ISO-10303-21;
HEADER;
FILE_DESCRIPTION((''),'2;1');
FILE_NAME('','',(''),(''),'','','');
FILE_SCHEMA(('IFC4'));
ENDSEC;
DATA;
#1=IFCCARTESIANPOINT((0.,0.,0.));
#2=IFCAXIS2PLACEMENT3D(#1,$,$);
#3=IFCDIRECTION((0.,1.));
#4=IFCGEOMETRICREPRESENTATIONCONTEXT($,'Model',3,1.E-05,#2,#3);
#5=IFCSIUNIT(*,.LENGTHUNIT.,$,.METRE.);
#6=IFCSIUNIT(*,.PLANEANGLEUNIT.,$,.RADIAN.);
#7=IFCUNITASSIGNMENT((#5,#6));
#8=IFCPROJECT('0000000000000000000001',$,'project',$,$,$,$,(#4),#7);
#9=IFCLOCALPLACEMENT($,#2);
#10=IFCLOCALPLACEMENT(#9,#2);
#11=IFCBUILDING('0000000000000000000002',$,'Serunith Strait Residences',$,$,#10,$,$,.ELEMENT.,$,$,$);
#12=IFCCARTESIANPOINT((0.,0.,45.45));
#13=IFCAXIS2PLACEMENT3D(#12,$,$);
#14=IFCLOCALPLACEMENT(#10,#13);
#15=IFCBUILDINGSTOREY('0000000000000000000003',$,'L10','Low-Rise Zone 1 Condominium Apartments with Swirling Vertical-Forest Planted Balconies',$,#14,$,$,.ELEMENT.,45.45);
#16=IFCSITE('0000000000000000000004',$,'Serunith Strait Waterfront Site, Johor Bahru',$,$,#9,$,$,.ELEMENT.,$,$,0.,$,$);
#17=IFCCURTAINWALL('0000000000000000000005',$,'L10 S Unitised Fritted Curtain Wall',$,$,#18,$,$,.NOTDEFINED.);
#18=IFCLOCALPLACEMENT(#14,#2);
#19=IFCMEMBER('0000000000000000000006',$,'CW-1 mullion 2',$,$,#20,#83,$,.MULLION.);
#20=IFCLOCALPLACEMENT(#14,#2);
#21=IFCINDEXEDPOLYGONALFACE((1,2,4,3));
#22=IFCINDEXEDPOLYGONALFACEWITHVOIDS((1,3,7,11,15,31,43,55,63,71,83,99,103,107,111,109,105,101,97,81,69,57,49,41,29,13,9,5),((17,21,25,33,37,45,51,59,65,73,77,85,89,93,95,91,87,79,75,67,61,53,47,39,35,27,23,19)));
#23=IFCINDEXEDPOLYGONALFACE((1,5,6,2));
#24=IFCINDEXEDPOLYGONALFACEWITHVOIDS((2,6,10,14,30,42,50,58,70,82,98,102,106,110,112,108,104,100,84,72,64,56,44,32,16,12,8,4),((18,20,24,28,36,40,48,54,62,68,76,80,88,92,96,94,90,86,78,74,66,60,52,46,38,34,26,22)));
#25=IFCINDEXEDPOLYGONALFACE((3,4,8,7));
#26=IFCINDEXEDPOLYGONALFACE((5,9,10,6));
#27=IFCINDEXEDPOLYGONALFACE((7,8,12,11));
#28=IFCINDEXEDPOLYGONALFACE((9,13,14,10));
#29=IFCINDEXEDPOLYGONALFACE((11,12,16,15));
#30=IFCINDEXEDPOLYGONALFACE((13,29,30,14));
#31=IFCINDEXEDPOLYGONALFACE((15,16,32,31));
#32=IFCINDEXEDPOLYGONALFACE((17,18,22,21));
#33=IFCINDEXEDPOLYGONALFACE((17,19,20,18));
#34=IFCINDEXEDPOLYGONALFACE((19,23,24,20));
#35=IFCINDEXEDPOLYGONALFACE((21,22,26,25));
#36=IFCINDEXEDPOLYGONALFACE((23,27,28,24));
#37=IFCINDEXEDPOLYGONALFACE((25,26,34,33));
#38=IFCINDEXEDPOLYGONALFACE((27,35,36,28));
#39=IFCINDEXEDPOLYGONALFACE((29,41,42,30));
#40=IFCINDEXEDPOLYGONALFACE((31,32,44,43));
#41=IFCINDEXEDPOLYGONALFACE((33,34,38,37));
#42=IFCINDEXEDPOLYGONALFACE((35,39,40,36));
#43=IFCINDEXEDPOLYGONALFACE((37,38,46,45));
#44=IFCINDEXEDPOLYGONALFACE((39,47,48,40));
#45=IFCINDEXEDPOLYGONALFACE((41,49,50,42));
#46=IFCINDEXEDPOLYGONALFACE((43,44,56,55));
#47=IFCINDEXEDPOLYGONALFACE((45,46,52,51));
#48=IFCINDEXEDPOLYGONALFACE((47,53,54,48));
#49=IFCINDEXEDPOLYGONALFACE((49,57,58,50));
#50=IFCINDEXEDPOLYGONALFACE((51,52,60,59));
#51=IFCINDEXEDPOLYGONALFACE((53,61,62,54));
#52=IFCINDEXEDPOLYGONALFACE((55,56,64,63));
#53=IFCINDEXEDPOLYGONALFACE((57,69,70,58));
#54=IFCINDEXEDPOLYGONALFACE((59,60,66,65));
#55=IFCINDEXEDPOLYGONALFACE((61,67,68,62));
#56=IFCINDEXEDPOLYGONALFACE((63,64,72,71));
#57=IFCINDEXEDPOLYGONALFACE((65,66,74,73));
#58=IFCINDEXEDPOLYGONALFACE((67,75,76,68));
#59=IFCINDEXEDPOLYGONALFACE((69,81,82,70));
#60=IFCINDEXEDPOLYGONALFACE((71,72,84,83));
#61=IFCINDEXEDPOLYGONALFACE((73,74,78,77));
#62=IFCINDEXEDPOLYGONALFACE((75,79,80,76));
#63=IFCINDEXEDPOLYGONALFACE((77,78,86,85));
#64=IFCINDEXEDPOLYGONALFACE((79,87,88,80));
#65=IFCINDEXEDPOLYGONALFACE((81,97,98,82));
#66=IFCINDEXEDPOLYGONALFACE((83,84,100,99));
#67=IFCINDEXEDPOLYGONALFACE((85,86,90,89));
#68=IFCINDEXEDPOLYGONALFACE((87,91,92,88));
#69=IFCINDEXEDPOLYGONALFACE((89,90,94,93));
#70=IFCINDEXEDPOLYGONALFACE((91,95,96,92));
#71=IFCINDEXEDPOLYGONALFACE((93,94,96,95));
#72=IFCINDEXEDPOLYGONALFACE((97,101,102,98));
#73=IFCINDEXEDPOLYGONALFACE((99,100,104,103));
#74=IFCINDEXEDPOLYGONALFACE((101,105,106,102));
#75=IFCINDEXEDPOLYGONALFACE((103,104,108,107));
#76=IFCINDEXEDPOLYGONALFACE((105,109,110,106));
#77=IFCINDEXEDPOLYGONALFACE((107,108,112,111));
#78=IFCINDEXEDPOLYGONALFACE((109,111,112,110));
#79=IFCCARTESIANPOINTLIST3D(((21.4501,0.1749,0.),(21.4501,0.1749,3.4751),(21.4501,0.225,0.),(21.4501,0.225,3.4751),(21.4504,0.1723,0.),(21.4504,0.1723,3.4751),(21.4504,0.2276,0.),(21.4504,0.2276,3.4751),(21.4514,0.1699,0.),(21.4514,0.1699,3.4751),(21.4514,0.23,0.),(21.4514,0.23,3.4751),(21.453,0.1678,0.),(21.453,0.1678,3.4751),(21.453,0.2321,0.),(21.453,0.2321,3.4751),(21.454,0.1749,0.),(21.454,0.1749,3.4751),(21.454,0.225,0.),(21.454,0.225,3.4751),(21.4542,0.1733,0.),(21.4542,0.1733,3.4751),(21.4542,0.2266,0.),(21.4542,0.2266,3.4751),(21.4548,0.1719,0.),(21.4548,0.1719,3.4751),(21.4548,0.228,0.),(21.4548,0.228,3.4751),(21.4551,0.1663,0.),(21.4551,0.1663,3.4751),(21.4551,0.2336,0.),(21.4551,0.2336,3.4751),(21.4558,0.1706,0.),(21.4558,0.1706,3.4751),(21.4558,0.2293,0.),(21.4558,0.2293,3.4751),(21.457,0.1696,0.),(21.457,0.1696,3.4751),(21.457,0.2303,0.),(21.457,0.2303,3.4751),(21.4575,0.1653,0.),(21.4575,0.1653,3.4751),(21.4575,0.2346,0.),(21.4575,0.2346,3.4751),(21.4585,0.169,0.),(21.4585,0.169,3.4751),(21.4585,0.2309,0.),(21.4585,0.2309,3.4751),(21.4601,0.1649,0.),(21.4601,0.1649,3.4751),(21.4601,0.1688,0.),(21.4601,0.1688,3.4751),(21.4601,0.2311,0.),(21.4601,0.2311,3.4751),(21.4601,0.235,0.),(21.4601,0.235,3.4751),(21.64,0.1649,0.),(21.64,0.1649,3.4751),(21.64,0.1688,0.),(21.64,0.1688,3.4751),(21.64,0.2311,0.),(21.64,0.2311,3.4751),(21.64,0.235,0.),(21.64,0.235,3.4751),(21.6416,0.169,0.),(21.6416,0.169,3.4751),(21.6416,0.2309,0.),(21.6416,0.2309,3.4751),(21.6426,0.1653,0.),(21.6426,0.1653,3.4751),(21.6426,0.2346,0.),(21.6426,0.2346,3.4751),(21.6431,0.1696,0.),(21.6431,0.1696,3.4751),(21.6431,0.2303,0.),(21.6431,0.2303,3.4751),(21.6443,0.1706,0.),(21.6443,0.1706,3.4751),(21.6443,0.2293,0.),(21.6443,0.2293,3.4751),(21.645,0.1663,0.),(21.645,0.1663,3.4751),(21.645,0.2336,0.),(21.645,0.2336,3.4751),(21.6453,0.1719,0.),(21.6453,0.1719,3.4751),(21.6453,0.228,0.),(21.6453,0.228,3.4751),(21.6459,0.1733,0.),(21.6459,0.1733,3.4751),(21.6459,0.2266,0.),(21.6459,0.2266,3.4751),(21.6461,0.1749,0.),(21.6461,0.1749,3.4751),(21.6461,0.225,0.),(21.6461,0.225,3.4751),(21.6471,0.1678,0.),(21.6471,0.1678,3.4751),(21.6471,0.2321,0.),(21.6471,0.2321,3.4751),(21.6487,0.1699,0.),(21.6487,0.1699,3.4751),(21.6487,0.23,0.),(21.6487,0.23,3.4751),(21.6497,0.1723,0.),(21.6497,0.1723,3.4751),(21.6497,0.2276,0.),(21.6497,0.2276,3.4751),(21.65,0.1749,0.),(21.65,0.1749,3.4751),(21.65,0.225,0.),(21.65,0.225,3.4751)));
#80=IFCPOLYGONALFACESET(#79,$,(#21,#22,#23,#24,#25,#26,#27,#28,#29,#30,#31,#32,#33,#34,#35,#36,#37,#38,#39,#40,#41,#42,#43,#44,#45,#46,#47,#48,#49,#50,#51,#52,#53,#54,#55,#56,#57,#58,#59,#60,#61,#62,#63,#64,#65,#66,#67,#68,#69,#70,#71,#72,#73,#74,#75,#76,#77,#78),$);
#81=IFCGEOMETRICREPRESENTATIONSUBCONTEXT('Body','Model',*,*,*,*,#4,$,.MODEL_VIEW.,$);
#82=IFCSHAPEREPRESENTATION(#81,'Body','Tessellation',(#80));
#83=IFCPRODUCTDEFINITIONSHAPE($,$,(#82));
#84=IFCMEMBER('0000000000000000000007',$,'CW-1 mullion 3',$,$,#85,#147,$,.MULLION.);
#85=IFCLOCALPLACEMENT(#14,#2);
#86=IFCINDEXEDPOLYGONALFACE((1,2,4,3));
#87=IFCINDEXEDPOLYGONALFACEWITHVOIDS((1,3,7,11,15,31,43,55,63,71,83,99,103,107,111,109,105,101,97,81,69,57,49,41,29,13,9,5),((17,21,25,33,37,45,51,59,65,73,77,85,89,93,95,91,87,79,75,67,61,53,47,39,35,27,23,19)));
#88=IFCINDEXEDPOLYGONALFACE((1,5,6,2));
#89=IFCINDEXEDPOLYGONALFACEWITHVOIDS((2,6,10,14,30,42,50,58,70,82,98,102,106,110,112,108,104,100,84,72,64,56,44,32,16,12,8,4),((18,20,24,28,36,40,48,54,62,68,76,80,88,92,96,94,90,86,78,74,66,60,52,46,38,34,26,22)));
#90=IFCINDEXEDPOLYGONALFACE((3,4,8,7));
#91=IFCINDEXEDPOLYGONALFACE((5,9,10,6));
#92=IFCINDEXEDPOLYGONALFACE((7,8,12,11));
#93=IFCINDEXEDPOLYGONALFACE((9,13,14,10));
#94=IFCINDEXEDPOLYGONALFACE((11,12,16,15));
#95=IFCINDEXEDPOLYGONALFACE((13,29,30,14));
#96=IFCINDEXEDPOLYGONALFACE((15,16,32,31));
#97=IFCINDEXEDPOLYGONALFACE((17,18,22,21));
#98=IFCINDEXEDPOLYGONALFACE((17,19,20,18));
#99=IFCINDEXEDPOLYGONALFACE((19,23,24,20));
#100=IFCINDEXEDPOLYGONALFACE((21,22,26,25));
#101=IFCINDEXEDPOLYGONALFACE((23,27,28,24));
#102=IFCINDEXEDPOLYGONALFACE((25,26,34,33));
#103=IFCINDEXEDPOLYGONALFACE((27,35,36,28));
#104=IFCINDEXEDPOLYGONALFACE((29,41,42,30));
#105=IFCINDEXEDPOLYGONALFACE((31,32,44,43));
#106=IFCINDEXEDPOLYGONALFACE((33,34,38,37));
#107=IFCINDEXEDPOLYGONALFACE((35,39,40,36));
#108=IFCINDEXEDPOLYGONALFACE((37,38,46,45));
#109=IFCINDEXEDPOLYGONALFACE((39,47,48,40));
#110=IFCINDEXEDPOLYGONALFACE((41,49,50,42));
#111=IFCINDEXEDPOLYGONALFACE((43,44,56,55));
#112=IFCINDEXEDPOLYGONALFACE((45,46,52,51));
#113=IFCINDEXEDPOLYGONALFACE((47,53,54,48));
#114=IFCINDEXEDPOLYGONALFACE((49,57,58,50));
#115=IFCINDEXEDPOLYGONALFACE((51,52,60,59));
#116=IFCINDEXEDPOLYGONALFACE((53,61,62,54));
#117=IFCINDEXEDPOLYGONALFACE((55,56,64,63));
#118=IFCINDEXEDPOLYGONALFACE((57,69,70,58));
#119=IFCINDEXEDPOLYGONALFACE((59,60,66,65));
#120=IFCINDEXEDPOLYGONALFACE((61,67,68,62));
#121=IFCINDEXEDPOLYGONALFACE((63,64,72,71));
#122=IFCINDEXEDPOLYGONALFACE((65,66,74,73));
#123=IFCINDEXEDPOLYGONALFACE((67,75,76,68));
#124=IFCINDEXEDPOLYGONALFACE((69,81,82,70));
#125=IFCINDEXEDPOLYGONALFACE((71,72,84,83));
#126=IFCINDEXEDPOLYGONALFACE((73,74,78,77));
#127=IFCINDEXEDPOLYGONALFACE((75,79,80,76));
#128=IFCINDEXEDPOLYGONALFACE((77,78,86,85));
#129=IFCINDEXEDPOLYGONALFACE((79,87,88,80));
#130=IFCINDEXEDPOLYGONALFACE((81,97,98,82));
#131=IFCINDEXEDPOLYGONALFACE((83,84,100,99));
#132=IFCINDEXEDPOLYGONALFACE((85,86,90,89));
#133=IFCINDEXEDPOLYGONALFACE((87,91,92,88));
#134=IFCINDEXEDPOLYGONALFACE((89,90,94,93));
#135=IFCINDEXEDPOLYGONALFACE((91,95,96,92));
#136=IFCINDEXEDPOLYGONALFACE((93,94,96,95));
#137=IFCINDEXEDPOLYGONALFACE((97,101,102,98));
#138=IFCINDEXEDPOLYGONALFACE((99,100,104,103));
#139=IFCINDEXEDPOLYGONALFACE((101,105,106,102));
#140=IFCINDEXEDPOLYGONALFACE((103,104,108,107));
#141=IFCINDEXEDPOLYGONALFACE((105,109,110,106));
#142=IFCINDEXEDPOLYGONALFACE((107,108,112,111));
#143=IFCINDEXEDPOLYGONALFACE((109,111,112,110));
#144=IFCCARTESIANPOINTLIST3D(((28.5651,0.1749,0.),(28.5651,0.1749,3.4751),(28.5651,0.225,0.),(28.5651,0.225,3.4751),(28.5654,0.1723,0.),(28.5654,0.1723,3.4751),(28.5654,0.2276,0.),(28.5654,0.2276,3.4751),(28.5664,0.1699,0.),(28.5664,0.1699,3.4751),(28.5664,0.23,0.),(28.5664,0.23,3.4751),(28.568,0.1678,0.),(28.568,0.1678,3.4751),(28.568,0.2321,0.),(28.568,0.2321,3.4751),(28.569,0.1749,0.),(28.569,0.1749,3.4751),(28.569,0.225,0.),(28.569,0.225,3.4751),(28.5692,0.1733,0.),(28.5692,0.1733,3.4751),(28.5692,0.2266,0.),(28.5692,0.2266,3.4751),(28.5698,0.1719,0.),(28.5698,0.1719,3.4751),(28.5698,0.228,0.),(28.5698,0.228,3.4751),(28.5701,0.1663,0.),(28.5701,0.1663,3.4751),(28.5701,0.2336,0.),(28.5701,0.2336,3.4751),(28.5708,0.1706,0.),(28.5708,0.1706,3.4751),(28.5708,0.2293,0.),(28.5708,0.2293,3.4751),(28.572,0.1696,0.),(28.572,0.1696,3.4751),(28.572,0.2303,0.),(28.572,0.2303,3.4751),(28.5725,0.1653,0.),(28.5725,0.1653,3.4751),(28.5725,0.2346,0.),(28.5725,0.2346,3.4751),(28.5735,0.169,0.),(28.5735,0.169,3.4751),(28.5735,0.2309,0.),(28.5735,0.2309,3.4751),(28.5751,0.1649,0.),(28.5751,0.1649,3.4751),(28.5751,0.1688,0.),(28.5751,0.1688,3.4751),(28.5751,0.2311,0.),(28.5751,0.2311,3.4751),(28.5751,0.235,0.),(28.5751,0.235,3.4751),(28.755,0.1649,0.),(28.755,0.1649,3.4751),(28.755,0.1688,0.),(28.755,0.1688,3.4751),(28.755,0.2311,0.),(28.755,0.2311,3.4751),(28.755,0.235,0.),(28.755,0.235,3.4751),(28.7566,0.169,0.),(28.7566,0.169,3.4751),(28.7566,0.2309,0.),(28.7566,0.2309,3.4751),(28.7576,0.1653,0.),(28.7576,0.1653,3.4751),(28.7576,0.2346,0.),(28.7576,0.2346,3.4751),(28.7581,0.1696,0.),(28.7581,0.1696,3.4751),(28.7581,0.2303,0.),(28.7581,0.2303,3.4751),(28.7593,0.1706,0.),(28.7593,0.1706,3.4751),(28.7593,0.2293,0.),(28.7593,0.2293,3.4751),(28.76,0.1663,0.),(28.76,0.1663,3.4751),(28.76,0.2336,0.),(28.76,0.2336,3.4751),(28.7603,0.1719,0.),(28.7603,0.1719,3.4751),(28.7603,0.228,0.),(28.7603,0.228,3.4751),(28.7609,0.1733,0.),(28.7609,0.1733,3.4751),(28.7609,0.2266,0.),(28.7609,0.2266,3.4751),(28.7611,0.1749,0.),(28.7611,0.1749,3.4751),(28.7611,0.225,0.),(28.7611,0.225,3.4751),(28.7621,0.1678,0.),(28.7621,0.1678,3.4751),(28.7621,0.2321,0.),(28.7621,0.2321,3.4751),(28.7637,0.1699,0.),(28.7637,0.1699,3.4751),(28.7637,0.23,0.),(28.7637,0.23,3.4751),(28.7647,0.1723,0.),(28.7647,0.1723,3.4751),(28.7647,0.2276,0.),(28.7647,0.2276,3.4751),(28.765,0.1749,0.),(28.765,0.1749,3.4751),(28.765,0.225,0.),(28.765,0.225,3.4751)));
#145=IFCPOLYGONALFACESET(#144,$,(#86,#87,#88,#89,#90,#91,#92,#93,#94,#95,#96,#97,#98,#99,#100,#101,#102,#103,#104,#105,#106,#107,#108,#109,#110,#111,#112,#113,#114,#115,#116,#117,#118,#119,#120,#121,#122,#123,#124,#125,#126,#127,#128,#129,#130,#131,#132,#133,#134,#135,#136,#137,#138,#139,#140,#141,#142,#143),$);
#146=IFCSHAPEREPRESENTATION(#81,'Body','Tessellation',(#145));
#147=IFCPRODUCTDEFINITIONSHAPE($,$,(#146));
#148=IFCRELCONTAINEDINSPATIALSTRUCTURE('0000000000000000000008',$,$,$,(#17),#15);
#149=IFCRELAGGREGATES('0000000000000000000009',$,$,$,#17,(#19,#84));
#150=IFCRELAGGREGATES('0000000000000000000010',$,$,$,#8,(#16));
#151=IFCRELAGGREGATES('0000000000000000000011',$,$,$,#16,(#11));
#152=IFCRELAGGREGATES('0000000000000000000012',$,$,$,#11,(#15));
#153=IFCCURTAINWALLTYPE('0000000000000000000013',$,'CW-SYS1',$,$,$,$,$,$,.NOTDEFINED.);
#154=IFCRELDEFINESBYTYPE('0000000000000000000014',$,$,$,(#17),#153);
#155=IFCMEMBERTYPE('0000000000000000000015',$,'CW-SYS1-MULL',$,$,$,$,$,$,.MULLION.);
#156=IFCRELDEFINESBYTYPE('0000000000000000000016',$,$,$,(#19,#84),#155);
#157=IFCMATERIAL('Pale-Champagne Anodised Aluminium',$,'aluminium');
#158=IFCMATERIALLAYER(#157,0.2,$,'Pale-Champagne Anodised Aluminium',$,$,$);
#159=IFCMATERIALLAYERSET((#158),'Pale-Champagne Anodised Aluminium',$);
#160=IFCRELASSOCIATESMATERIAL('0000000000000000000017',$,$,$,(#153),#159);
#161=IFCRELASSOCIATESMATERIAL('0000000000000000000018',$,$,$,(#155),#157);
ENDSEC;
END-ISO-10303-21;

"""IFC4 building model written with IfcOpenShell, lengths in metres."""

from ifc_helpers import new_model, si_unit, direction, frame, origin, origin_2d, place, context, subcontext, project, spatial, hollow_rectangle, extrude, source, transform, mapped, material, layer, layer_set, material_profile, profile_set, type_object, element, aggregate, save


model = new_model("IFC4")

# Units and contexts
model_context = context("Model", 3, precision=1e-05, world=origin(), true_north=direction((0.0, 1.0)))
body_context = subcontext(model_context, "Body", "Model", "MODEL_VIEW")
ifc_project = project(units=[si_unit("LENGTHUNIT", "METRE"), si_unit("PLANEANGLEUNIT", "RADIAN")], contexts=[model_context])

# Site, building, storey
site_placement = place(None, origin())
site = spatial("IfcSite", under=ifc_project, at=site_placement, Name="Serunith Strait Waterfront Site, Johor Bahru", CompositionType="ELEMENT", RefElevation=0.0)
building_placement = place(site_placement, origin())
building = spatial("IfcBuilding", under=site, at=building_placement, Name="Serunith Strait Residences", CompositionType="ELEMENT")
storey_placement = place(building_placement, frame((0.0, 0.0, 45.45)))
storey = spatial("IfcBuildingStorey", under=building, at=storey_placement, Name="L10", Description="Low-Rise Zone 1 Condominium Apartments with Swirling Vertical-Forest Planted Balconies", CompositionType="ELEMENT", Elevation=45.45)

# Curtain wall, members
ifc_material_1 = material(Name="Pale-Champagne Anodised Aluminium", Category="aluminium")
ifc_layer_1 = layer(ifc_material_1, 0.2, Name="Pale-Champagne Anodised Aluminium")
ifc_layer_set_1 = layer_set([ifc_layer_1], Name="Pale-Champagne Anodised Aluminium")
curtain_wall_type = type_object("IfcCurtainWallType", Name="CW-SYS1", PredefinedType="NOTDEFINED", material=ifc_layer_set_1)
curtain_wall_1_placement = place(storey_placement, origin())
curtain_wall_1 = element("IfcCurtainWall", 1, at=curtain_wall_1_placement, inside=storey, type_object=curtain_wall_type, Name="L10 S Unitised Fritted Curtain Wall", PredefinedType="NOTDEFINED")
ifc_material_profile_1 = material_profile(ifc_material_1, hollow_rectangle(XDim=0.0701, YDim=0.2, WallThickness=0.0039, InnerFilletRadius=0.0061, OuterFilletRadius=0.01, at=origin_2d()), Name="ALU 200x70x4")
ifc_profile_set_1 = profile_set([ifc_material_profile_1], Name="Pale-Champagne Anodised Aluminium")
member_type_1 = type_object("IfcMemberType", Name="CW-SYS1-MULL", PredefinedType="MULLION", material=ifc_profile_set_1)
shared_shape_1 = source(origin(), body_context, "Body", "SweptSolid", [
    extrude(hollow_rectangle(XDim=0.0701, YDim=0.2, WallThickness=0.0039, InnerFilletRadius=0.0061, OuterFilletRadius=0.01, at=origin_2d()), origin(), (0.0, 0.0, 1.0), 3.4751),
])
member_1_placement = place(storey_placement, frame((21.55, 0.2, 0.0), z_axis=(0.0, 0.0, 1.0), x_axis=(0.0, 1.0, 0.0)))
member_1 = element("IfcMember", 2, at=member_1_placement, type_object=member_type_1, Name="CW-1 mullion 2", PredefinedType="MULLION", context=body_context, shape_type="MappedRepresentation", body=[
    mapped(shared_shape_1, transform((0.0, 0.0, 0.0), scale=1.0)),
])
member_2_placement = place(storey_placement, frame((28.665, 0.2, 0.0), z_axis=(0.0, 0.0, 1.0), x_axis=(0.0, 1.0, 0.0)))
member_2 = element("IfcMember", 3, at=member_2_placement, type_object=member_type_1, Name="CW-1 mullion 3", PredefinedType="MULLION", context=body_context, shape_type="MappedRepresentation", body=[
    mapped(shared_shape_1, transform((0.0, 0.0, 0.0), scale=1.0)),
])

aggregate(curtain_wall_1, [member_1, member_2])

save(model, "model.ifc")
